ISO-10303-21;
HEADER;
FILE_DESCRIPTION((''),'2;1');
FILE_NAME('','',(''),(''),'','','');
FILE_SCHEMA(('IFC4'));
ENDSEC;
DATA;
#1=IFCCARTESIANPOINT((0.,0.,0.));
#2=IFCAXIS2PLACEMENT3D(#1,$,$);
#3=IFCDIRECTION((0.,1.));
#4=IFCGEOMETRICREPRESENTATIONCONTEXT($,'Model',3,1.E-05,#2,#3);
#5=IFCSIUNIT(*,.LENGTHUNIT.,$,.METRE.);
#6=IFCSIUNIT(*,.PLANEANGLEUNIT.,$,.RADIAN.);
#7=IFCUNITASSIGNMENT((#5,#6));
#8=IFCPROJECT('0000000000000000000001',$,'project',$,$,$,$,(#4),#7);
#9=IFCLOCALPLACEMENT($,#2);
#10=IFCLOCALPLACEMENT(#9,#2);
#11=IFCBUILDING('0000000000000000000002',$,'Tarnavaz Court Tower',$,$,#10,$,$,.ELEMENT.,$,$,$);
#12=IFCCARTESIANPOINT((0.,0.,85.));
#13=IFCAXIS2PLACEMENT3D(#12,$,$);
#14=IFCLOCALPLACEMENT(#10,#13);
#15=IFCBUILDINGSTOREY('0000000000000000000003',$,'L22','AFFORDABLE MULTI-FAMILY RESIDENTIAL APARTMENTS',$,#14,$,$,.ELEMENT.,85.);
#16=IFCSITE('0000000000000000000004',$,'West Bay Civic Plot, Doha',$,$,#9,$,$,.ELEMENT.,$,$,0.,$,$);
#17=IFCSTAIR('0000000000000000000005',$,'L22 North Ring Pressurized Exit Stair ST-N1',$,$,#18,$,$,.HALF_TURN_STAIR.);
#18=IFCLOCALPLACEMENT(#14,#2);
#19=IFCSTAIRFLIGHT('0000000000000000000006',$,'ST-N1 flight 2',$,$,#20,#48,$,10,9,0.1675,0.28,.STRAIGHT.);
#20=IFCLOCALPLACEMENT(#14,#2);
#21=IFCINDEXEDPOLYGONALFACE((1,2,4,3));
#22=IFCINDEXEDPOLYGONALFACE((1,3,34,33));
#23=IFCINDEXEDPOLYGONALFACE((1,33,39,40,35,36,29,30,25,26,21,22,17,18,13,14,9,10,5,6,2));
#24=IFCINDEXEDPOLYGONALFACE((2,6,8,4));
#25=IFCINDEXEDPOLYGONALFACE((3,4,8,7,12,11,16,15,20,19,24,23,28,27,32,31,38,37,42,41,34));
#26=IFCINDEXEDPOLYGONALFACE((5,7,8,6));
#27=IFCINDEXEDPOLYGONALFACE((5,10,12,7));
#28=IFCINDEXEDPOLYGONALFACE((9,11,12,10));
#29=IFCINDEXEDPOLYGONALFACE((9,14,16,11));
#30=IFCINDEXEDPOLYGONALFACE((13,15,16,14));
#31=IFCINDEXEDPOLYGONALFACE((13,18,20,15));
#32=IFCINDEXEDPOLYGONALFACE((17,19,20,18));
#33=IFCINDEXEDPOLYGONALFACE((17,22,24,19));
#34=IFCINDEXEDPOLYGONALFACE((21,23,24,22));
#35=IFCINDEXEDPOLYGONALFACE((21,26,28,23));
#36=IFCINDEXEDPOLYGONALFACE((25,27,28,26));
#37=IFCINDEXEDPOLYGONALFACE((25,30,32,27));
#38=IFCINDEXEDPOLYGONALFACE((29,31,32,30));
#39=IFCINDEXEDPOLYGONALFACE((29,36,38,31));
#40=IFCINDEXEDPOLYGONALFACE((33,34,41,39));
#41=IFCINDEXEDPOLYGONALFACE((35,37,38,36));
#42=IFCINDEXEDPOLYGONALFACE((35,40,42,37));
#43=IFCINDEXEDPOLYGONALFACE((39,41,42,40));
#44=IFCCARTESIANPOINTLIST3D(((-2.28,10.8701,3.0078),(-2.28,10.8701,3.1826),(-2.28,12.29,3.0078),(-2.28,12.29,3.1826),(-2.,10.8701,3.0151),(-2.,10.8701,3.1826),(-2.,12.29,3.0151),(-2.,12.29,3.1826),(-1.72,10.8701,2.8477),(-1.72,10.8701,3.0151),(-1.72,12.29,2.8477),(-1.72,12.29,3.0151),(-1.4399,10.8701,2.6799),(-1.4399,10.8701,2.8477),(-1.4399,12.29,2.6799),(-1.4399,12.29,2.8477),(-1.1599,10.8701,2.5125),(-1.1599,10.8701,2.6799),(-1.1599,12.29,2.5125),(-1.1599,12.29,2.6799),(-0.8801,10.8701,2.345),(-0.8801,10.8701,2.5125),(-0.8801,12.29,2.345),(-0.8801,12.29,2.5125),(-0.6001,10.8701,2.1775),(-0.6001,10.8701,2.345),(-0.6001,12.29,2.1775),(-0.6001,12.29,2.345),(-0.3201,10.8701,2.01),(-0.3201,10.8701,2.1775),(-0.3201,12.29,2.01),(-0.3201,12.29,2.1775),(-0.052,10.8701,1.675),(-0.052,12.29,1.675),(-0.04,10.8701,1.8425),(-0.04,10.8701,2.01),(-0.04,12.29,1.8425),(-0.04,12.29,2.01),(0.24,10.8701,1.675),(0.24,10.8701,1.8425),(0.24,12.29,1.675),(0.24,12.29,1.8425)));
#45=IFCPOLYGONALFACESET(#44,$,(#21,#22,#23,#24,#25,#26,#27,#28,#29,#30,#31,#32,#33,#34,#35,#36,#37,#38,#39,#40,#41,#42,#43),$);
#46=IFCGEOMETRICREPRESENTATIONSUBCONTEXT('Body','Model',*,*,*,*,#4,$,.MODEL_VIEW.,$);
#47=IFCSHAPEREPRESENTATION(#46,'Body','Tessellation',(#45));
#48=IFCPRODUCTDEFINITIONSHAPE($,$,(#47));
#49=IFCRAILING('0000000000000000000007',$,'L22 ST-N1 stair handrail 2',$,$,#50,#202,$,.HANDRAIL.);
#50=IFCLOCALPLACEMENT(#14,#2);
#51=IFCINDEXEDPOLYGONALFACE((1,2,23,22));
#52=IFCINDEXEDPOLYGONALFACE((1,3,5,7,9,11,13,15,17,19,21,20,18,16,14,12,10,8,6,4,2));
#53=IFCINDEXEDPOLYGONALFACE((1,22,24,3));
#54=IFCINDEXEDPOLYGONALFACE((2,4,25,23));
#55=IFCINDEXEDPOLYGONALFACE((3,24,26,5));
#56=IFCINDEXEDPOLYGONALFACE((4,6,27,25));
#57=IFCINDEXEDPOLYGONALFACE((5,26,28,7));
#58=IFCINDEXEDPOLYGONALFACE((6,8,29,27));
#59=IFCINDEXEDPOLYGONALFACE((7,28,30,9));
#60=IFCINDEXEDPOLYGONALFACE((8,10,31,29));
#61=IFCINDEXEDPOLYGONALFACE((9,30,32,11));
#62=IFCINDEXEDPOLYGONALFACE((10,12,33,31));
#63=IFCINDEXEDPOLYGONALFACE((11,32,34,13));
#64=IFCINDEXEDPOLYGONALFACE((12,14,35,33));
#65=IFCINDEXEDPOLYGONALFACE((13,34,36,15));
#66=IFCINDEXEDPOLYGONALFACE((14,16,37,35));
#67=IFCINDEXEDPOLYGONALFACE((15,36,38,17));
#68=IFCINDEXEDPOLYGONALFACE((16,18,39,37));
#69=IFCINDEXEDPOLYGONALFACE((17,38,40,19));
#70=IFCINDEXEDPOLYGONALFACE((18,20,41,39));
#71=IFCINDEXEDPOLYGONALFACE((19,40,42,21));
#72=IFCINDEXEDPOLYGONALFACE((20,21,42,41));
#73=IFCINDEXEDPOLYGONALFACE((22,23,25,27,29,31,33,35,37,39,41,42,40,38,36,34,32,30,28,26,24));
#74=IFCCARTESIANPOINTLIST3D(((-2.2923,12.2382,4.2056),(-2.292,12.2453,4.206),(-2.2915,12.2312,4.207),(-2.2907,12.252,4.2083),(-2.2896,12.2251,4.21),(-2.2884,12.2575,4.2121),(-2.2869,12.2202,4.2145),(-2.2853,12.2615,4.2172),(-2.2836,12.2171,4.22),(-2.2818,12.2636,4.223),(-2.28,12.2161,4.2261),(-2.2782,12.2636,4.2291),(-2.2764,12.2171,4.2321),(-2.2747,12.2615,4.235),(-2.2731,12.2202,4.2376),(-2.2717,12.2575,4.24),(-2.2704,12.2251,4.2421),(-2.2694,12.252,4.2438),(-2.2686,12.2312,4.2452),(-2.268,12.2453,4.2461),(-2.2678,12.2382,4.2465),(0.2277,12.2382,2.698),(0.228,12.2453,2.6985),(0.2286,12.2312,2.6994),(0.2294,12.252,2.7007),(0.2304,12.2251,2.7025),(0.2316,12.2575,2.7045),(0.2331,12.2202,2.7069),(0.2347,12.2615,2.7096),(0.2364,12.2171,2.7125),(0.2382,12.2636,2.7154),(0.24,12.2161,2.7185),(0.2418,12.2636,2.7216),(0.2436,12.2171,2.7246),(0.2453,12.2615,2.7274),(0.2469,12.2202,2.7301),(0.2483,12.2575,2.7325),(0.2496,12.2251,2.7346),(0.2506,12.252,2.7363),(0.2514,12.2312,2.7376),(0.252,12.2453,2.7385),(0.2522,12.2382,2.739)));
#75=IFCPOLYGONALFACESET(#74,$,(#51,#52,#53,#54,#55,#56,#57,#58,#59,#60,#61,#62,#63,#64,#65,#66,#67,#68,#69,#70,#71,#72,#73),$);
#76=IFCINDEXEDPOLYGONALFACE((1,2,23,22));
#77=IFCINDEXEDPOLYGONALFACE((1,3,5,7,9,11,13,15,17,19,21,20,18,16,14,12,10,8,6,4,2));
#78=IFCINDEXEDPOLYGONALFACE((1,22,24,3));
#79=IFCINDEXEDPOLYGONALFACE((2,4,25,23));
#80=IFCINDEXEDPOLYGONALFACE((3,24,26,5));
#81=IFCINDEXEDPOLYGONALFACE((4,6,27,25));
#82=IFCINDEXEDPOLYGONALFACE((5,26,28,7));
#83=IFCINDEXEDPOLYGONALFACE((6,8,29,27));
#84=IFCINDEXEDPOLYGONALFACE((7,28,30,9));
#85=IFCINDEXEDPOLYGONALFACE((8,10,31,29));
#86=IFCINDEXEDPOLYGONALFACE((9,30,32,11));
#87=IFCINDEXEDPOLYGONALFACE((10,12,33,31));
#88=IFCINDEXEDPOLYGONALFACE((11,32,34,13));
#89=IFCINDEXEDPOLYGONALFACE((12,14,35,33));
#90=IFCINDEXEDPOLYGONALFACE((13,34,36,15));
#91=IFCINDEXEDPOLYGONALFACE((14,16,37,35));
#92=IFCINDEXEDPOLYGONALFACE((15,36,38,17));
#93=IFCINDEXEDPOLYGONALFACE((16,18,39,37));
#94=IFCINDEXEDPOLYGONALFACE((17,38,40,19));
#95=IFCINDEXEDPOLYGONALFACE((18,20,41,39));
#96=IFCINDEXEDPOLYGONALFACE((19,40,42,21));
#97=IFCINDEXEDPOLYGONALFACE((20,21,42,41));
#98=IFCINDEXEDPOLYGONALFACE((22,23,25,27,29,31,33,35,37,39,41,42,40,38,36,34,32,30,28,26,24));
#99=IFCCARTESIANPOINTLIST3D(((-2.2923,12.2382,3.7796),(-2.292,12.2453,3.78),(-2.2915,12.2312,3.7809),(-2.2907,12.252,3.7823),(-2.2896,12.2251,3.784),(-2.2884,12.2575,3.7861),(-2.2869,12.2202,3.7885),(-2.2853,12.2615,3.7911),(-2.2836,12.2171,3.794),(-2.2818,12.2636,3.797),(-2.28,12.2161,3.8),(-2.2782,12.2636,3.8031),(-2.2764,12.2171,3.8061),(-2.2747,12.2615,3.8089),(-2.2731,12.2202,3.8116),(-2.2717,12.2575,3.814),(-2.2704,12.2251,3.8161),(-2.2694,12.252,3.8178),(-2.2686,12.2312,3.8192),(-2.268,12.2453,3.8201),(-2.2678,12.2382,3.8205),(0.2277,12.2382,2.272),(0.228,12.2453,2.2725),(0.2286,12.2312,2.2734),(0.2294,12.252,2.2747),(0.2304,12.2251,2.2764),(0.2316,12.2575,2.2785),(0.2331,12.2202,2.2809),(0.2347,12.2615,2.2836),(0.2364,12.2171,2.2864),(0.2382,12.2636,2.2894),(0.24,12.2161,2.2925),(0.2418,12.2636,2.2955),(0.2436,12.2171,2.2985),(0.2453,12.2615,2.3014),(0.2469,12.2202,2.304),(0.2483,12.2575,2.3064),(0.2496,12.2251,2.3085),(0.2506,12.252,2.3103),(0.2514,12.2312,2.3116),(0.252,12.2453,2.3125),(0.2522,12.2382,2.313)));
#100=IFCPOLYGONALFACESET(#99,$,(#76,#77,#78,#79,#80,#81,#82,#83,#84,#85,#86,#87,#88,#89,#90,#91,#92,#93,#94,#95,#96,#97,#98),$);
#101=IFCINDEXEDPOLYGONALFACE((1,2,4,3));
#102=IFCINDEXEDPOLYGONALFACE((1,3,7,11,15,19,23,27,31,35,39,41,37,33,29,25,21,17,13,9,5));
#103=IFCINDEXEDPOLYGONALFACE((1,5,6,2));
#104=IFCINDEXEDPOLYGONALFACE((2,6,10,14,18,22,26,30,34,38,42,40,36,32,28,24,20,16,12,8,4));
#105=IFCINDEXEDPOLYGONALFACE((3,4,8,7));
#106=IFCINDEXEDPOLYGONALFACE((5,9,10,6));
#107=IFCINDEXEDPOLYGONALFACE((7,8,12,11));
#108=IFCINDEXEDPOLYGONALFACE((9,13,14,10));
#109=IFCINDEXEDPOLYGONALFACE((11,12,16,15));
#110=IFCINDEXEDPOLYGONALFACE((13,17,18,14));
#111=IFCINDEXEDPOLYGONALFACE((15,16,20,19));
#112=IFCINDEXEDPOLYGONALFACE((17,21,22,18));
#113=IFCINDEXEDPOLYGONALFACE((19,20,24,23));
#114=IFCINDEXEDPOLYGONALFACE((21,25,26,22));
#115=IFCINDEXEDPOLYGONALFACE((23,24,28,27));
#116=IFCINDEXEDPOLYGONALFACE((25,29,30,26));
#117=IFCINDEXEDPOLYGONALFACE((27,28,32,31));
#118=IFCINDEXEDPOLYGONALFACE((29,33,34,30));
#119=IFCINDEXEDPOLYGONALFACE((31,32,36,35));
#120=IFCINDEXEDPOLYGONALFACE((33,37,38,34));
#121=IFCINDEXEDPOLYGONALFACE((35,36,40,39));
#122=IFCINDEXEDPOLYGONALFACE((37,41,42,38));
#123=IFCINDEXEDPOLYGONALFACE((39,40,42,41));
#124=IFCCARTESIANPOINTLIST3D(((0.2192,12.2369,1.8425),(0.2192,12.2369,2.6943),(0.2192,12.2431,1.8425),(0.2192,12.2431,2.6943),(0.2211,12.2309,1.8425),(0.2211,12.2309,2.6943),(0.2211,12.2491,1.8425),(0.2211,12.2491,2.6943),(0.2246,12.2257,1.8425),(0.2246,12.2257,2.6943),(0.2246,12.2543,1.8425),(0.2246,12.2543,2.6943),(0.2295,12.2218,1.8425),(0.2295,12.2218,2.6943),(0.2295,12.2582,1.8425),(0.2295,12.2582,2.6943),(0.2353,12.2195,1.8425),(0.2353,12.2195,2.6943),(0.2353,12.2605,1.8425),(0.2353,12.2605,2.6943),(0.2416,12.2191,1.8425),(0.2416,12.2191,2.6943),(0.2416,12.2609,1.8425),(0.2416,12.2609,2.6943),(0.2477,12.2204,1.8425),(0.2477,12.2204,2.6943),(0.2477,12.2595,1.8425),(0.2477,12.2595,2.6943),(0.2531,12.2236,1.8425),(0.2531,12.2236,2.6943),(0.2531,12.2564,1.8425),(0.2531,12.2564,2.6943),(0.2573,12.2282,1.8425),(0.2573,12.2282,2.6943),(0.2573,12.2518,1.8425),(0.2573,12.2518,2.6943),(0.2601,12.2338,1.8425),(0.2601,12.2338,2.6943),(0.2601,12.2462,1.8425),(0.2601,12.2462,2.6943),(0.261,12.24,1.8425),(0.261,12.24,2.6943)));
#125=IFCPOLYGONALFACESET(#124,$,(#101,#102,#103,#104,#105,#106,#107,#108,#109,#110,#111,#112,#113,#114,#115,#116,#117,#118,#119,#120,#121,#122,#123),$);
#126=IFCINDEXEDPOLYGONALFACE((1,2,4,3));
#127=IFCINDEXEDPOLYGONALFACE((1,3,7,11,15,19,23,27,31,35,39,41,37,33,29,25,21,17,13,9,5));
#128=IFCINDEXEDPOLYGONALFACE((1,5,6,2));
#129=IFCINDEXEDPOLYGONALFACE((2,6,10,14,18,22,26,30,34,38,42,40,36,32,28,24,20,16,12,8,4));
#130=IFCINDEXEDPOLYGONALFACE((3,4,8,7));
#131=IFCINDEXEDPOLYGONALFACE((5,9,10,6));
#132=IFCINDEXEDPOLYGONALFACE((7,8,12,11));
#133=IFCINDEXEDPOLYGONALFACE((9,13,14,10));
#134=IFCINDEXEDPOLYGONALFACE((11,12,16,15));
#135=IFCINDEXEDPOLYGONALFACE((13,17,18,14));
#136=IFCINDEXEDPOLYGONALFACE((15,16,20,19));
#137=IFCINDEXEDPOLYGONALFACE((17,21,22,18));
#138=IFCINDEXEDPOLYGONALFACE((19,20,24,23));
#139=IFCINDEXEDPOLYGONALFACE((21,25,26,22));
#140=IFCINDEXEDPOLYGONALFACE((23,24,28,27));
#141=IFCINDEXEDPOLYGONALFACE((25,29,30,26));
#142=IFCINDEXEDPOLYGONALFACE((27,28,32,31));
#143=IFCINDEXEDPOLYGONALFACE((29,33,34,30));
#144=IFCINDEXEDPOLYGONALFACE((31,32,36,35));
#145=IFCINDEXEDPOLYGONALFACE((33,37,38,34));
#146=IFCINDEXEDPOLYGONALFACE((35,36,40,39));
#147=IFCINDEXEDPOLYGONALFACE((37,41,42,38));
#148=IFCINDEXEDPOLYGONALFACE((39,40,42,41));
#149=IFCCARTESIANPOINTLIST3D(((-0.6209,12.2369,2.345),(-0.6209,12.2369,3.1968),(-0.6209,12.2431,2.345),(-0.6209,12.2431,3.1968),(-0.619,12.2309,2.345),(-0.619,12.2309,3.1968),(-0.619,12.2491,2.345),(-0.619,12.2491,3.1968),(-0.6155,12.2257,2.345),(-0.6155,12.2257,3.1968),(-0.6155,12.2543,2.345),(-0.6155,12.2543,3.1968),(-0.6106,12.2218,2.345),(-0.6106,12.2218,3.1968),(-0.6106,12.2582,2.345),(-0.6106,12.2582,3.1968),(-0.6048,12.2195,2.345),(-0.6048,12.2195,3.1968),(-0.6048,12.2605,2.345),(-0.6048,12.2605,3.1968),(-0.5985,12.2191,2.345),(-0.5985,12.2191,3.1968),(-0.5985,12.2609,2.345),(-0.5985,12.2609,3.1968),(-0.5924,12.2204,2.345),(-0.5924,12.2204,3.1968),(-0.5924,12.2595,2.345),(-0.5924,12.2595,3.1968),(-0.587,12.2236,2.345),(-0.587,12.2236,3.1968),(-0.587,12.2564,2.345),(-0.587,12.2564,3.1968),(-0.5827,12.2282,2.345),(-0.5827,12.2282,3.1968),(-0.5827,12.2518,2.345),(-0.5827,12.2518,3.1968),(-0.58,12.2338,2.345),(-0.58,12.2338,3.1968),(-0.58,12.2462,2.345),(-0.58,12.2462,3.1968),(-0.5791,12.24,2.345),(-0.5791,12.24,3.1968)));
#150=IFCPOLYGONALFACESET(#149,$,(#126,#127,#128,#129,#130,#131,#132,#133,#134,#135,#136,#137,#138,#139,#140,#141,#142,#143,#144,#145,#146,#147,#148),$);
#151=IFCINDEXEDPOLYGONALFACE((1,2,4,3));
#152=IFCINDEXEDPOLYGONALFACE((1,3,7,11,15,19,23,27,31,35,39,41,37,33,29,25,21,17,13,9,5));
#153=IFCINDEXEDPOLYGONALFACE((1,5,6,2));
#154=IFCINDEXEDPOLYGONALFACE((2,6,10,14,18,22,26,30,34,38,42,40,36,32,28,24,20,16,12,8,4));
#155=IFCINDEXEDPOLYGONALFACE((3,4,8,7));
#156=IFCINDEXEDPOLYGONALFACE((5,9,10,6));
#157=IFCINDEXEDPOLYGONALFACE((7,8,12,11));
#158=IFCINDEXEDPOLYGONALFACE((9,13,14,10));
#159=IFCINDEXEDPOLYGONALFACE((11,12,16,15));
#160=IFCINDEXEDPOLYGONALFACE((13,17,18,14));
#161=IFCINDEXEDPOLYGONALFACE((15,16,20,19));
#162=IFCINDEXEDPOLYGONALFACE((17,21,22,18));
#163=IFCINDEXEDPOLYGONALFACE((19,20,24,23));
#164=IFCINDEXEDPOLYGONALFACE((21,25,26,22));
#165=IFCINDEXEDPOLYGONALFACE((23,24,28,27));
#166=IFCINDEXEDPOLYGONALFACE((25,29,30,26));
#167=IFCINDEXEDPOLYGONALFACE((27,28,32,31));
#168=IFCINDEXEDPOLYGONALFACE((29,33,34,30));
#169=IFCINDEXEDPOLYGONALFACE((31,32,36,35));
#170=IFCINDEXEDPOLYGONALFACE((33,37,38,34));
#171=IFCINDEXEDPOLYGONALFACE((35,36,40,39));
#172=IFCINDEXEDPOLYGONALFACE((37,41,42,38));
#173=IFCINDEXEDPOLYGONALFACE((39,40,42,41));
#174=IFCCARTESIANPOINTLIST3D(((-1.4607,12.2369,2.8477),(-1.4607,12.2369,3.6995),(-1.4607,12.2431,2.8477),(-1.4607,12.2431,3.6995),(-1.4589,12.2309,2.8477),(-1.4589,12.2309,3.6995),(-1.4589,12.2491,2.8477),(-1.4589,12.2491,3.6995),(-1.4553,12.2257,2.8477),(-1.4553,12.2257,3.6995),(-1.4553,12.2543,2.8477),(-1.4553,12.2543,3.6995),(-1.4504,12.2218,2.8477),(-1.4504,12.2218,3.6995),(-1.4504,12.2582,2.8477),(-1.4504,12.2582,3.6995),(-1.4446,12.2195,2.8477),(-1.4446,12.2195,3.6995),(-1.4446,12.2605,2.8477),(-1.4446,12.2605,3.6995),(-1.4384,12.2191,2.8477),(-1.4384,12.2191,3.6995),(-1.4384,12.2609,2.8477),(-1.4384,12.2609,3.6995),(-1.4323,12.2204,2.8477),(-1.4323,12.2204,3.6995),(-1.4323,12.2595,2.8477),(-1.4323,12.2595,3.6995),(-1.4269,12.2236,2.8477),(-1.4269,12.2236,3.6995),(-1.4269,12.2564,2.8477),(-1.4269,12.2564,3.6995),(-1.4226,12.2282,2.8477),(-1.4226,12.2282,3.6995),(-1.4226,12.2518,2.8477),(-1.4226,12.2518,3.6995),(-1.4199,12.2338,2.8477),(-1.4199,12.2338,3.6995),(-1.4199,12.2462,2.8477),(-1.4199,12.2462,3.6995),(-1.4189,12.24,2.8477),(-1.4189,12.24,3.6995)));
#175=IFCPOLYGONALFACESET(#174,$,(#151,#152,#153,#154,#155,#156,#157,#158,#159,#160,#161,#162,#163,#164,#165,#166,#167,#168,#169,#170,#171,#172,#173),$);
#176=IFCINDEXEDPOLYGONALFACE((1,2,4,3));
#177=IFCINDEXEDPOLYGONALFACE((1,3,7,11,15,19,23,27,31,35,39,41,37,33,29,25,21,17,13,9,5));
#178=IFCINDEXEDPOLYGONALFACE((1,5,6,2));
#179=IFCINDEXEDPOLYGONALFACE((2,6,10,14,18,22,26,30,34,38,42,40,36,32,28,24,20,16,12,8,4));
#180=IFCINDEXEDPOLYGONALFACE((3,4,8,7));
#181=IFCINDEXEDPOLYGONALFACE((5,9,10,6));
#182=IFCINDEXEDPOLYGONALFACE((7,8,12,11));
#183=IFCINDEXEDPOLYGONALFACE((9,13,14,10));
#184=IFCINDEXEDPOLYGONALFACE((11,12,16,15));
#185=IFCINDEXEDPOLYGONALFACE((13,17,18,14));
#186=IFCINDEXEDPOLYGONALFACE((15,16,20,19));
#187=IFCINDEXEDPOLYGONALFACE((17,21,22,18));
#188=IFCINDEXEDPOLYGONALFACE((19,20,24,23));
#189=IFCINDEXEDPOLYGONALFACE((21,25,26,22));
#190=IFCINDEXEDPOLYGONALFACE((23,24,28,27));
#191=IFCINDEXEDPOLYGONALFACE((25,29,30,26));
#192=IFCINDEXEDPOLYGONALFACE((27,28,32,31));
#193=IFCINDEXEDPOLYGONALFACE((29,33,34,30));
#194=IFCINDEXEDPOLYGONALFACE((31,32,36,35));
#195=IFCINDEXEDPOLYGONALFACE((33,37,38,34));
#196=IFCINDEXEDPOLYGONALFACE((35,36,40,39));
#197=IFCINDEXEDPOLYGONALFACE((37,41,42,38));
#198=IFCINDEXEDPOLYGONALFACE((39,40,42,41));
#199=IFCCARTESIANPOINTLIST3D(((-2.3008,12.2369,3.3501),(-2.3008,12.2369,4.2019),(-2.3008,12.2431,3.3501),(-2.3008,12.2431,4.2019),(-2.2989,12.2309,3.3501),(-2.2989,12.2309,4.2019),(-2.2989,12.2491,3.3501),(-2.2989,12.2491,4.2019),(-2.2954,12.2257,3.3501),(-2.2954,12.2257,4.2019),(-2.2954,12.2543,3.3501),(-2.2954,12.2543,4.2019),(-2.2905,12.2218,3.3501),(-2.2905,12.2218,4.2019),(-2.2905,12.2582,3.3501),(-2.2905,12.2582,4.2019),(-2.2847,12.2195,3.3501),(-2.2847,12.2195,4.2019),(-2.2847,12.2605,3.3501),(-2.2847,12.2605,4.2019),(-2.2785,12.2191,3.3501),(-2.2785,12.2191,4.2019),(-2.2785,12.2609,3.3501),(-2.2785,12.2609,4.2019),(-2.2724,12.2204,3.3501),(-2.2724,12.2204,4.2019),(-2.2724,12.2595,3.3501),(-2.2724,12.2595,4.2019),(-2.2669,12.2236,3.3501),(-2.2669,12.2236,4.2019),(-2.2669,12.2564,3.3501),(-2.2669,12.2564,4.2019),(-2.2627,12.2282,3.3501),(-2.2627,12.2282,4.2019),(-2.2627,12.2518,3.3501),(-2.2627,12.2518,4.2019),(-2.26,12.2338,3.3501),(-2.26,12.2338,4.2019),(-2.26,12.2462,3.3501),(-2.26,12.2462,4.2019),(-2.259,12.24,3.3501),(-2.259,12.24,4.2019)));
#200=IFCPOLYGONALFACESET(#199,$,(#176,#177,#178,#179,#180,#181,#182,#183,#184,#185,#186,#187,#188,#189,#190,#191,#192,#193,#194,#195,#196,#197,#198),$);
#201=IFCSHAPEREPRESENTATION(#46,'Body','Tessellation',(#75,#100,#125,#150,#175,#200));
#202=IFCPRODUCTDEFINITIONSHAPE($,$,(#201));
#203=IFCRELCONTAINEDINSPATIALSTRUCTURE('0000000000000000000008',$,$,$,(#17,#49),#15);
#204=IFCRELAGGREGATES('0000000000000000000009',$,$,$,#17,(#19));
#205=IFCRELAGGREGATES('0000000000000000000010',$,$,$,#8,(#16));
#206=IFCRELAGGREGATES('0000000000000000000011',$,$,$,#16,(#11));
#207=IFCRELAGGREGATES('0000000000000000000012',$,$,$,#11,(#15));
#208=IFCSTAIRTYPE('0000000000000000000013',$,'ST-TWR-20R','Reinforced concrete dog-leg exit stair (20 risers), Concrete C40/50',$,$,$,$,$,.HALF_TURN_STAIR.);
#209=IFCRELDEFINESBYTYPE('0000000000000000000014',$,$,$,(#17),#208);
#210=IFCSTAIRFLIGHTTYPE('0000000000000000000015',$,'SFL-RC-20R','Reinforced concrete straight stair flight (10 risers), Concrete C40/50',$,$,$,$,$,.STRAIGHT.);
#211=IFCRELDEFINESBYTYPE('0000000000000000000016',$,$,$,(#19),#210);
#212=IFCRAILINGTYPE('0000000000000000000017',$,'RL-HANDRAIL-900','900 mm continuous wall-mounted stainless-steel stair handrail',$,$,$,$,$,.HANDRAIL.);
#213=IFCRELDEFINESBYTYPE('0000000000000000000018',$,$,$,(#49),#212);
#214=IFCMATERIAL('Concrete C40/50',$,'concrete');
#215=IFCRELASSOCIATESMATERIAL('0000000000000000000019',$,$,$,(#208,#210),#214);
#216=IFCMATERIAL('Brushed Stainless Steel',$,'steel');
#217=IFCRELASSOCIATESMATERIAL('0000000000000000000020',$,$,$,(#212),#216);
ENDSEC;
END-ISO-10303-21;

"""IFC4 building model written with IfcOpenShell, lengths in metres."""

from ifc_helpers import new_model, si_unit, direction, frame, origin, origin_2d, place, context, subcontext, project, spatial, polyline, circle, outline, extrude, material, type_object, element, aggregate, save


model = new_model("IFC4")

# Units and contexts
model_context = context("Model", 3, precision=1e-05, world=origin(), true_north=direction((0.0, 1.0)))
body_context = subcontext(model_context, "Body", "Model", "MODEL_VIEW")
ifc_project = project(units=[si_unit("LENGTHUNIT", "METRE"), si_unit("PLANEANGLEUNIT", "RADIAN")], contexts=[model_context])

# Site, building, storey
site_placement = place(None, origin())
site = spatial("IfcSite", under=ifc_project, at=site_placement, Name="West Bay Civic Plot, Doha", CompositionType="ELEMENT", RefElevation=0.0)
building_placement = place(site_placement, origin())
building = spatial("IfcBuilding", under=site, at=building_placement, Name="Tarnavaz Court Tower", CompositionType="ELEMENT")
storey_placement = place(building_placement, frame((0.0, 0.0, 85.0)))
storey = spatial("IfcBuildingStorey", under=building, at=storey_placement, Name="L22", Description="AFFORDABLE MULTI-FAMILY RESIDENTIAL APARTMENTS", CompositionType="ELEMENT", Elevation=85.0)

# Stair
ifc_material_1 = material(Name="Concrete C40/50", Category="concrete")
stair_type = type_object("IfcStairType", Name="ST-TWR-20R", Description="Reinforced concrete dog-leg exit stair (20 risers), Concrete C40/50", PredefinedType="HALF_TURN_STAIR", material=ifc_material_1)
stair_1_placement = place(storey_placement, origin())
stair_1 = element("IfcStair", 1, at=stair_1_placement, inside=storey, type_object=stair_type, Name="L22 North Ring Pressurized Exit Stair ST-N1", PredefinedType="HALF_TURN_STAIR")

# Stair flight
stair_flight_type = type_object("IfcStairFlightType", Name="SFL-RC-20R", Description="Reinforced concrete straight stair flight (10 risers), Concrete C40/50", PredefinedType="STRAIGHT", material=ifc_material_1)
stair_flight_placement = place(storey_placement, frame((0.24, 11.5801, 1.675), z_axis=(0.0, 0.0, 1.0), x_axis=(-1.0, 0.0, 0.0)))
stair_flight = element("IfcStairFlight", 2, at=stair_flight_placement, type_object=stair_flight_type, Name="ST-N1 flight 2", NumberOfRisers=10, NumberOfTreads=9, PredefinedType="STRAIGHT", RiserHeight=0.1675, TreadLength=0.28, context=body_context, shape_type="SweptSolid", body=[
    extrude(outline(polyline([(0.0, 0.0), (0.0, 0.1675), (0.28, 0.1675), (0.28, 0.335), (0.5601, 0.335), (0.5601, 0.5024), (0.8401, 0.5024), (0.8401, 0.6699), (1.1201, 0.6699), (1.1201, 0.8374), (1.3999, 0.8374), (1.3999, 1.0049), (1.6799, 1.0049), (1.6799, 1.1726), (1.96, 1.1726), (1.96, 1.3401), (2.24, 1.3401), (2.24, 1.5076), (2.52, 1.5076), (2.52, 1.675), (2.52, 1.3328), (0.292, 0.0), (0.0, 0.0)])), frame((0.0, 0.71, 0.0), z_axis=(0.0, -1.0, 0.0), x_axis=(1.0, 0.0, 0.0)), (0.0, 0.0, 1.0), 1.4199),
])
aggregate(stair_1, [stair_flight])

# Railing
ifc_material_2 = material(Name="Brushed Stainless Steel", Category="steel")
railing_type_1 = type_object("IfcRailingType", Name="RL-HANDRAIL-900", Description="900 mm continuous wall-mounted stainless-steel stair handrail", PredefinedType="HANDRAIL", material=ifc_material_2)
railing_1_placement = place(storey_placement, frame((0.24, 12.24, 1.8425)))
element("IfcRailing", 3, at=railing_1_placement, inside=storey, type_object=railing_type_1, Name="L22 ST-N1 stair handrail 2", PredefinedType="HANDRAIL", context=body_context, shape_type="SweptSolid", body=[
    extrude(circle(Radius=0.0239, at=origin_2d()), frame((0.0, 0.0, 0.876), z_axis=(-0.85816, 0.0, 0.513383), x_axis=(0.0, -1.0, 0.0)), (0.0, 0.0, 1.0), 2.9365),
    extrude(circle(Radius=0.0239, at=origin_2d()), frame((0.0, 0.0, 0.45), z_axis=(-0.85816, 0.0, 0.513383), x_axis=(0.0, -1.0, 0.0)), (0.0, 0.0, 1.0), 2.9365),
    extrude(circle(Radius=0.021, at=origin_2d()), origin(), (0.0, 0.0, 1.0), 0.8518),
    extrude(circle(Radius=0.021, at=origin_2d()), frame((-0.8401, 0.0, 0.5024)), (0.0, 0.0, 1.0), 0.8518),
    extrude(circle(Radius=0.021, at=origin_2d()), frame((-1.6799, 0.0, 1.0051)), (0.0, 0.0, 1.0), 0.8518),
    extrude(circle(Radius=0.021, at=origin_2d()), frame((-2.52, 0.0, 1.5076)), (0.0, 0.0, 1.0), 0.8518),
])

save(model, "model.ifc")
